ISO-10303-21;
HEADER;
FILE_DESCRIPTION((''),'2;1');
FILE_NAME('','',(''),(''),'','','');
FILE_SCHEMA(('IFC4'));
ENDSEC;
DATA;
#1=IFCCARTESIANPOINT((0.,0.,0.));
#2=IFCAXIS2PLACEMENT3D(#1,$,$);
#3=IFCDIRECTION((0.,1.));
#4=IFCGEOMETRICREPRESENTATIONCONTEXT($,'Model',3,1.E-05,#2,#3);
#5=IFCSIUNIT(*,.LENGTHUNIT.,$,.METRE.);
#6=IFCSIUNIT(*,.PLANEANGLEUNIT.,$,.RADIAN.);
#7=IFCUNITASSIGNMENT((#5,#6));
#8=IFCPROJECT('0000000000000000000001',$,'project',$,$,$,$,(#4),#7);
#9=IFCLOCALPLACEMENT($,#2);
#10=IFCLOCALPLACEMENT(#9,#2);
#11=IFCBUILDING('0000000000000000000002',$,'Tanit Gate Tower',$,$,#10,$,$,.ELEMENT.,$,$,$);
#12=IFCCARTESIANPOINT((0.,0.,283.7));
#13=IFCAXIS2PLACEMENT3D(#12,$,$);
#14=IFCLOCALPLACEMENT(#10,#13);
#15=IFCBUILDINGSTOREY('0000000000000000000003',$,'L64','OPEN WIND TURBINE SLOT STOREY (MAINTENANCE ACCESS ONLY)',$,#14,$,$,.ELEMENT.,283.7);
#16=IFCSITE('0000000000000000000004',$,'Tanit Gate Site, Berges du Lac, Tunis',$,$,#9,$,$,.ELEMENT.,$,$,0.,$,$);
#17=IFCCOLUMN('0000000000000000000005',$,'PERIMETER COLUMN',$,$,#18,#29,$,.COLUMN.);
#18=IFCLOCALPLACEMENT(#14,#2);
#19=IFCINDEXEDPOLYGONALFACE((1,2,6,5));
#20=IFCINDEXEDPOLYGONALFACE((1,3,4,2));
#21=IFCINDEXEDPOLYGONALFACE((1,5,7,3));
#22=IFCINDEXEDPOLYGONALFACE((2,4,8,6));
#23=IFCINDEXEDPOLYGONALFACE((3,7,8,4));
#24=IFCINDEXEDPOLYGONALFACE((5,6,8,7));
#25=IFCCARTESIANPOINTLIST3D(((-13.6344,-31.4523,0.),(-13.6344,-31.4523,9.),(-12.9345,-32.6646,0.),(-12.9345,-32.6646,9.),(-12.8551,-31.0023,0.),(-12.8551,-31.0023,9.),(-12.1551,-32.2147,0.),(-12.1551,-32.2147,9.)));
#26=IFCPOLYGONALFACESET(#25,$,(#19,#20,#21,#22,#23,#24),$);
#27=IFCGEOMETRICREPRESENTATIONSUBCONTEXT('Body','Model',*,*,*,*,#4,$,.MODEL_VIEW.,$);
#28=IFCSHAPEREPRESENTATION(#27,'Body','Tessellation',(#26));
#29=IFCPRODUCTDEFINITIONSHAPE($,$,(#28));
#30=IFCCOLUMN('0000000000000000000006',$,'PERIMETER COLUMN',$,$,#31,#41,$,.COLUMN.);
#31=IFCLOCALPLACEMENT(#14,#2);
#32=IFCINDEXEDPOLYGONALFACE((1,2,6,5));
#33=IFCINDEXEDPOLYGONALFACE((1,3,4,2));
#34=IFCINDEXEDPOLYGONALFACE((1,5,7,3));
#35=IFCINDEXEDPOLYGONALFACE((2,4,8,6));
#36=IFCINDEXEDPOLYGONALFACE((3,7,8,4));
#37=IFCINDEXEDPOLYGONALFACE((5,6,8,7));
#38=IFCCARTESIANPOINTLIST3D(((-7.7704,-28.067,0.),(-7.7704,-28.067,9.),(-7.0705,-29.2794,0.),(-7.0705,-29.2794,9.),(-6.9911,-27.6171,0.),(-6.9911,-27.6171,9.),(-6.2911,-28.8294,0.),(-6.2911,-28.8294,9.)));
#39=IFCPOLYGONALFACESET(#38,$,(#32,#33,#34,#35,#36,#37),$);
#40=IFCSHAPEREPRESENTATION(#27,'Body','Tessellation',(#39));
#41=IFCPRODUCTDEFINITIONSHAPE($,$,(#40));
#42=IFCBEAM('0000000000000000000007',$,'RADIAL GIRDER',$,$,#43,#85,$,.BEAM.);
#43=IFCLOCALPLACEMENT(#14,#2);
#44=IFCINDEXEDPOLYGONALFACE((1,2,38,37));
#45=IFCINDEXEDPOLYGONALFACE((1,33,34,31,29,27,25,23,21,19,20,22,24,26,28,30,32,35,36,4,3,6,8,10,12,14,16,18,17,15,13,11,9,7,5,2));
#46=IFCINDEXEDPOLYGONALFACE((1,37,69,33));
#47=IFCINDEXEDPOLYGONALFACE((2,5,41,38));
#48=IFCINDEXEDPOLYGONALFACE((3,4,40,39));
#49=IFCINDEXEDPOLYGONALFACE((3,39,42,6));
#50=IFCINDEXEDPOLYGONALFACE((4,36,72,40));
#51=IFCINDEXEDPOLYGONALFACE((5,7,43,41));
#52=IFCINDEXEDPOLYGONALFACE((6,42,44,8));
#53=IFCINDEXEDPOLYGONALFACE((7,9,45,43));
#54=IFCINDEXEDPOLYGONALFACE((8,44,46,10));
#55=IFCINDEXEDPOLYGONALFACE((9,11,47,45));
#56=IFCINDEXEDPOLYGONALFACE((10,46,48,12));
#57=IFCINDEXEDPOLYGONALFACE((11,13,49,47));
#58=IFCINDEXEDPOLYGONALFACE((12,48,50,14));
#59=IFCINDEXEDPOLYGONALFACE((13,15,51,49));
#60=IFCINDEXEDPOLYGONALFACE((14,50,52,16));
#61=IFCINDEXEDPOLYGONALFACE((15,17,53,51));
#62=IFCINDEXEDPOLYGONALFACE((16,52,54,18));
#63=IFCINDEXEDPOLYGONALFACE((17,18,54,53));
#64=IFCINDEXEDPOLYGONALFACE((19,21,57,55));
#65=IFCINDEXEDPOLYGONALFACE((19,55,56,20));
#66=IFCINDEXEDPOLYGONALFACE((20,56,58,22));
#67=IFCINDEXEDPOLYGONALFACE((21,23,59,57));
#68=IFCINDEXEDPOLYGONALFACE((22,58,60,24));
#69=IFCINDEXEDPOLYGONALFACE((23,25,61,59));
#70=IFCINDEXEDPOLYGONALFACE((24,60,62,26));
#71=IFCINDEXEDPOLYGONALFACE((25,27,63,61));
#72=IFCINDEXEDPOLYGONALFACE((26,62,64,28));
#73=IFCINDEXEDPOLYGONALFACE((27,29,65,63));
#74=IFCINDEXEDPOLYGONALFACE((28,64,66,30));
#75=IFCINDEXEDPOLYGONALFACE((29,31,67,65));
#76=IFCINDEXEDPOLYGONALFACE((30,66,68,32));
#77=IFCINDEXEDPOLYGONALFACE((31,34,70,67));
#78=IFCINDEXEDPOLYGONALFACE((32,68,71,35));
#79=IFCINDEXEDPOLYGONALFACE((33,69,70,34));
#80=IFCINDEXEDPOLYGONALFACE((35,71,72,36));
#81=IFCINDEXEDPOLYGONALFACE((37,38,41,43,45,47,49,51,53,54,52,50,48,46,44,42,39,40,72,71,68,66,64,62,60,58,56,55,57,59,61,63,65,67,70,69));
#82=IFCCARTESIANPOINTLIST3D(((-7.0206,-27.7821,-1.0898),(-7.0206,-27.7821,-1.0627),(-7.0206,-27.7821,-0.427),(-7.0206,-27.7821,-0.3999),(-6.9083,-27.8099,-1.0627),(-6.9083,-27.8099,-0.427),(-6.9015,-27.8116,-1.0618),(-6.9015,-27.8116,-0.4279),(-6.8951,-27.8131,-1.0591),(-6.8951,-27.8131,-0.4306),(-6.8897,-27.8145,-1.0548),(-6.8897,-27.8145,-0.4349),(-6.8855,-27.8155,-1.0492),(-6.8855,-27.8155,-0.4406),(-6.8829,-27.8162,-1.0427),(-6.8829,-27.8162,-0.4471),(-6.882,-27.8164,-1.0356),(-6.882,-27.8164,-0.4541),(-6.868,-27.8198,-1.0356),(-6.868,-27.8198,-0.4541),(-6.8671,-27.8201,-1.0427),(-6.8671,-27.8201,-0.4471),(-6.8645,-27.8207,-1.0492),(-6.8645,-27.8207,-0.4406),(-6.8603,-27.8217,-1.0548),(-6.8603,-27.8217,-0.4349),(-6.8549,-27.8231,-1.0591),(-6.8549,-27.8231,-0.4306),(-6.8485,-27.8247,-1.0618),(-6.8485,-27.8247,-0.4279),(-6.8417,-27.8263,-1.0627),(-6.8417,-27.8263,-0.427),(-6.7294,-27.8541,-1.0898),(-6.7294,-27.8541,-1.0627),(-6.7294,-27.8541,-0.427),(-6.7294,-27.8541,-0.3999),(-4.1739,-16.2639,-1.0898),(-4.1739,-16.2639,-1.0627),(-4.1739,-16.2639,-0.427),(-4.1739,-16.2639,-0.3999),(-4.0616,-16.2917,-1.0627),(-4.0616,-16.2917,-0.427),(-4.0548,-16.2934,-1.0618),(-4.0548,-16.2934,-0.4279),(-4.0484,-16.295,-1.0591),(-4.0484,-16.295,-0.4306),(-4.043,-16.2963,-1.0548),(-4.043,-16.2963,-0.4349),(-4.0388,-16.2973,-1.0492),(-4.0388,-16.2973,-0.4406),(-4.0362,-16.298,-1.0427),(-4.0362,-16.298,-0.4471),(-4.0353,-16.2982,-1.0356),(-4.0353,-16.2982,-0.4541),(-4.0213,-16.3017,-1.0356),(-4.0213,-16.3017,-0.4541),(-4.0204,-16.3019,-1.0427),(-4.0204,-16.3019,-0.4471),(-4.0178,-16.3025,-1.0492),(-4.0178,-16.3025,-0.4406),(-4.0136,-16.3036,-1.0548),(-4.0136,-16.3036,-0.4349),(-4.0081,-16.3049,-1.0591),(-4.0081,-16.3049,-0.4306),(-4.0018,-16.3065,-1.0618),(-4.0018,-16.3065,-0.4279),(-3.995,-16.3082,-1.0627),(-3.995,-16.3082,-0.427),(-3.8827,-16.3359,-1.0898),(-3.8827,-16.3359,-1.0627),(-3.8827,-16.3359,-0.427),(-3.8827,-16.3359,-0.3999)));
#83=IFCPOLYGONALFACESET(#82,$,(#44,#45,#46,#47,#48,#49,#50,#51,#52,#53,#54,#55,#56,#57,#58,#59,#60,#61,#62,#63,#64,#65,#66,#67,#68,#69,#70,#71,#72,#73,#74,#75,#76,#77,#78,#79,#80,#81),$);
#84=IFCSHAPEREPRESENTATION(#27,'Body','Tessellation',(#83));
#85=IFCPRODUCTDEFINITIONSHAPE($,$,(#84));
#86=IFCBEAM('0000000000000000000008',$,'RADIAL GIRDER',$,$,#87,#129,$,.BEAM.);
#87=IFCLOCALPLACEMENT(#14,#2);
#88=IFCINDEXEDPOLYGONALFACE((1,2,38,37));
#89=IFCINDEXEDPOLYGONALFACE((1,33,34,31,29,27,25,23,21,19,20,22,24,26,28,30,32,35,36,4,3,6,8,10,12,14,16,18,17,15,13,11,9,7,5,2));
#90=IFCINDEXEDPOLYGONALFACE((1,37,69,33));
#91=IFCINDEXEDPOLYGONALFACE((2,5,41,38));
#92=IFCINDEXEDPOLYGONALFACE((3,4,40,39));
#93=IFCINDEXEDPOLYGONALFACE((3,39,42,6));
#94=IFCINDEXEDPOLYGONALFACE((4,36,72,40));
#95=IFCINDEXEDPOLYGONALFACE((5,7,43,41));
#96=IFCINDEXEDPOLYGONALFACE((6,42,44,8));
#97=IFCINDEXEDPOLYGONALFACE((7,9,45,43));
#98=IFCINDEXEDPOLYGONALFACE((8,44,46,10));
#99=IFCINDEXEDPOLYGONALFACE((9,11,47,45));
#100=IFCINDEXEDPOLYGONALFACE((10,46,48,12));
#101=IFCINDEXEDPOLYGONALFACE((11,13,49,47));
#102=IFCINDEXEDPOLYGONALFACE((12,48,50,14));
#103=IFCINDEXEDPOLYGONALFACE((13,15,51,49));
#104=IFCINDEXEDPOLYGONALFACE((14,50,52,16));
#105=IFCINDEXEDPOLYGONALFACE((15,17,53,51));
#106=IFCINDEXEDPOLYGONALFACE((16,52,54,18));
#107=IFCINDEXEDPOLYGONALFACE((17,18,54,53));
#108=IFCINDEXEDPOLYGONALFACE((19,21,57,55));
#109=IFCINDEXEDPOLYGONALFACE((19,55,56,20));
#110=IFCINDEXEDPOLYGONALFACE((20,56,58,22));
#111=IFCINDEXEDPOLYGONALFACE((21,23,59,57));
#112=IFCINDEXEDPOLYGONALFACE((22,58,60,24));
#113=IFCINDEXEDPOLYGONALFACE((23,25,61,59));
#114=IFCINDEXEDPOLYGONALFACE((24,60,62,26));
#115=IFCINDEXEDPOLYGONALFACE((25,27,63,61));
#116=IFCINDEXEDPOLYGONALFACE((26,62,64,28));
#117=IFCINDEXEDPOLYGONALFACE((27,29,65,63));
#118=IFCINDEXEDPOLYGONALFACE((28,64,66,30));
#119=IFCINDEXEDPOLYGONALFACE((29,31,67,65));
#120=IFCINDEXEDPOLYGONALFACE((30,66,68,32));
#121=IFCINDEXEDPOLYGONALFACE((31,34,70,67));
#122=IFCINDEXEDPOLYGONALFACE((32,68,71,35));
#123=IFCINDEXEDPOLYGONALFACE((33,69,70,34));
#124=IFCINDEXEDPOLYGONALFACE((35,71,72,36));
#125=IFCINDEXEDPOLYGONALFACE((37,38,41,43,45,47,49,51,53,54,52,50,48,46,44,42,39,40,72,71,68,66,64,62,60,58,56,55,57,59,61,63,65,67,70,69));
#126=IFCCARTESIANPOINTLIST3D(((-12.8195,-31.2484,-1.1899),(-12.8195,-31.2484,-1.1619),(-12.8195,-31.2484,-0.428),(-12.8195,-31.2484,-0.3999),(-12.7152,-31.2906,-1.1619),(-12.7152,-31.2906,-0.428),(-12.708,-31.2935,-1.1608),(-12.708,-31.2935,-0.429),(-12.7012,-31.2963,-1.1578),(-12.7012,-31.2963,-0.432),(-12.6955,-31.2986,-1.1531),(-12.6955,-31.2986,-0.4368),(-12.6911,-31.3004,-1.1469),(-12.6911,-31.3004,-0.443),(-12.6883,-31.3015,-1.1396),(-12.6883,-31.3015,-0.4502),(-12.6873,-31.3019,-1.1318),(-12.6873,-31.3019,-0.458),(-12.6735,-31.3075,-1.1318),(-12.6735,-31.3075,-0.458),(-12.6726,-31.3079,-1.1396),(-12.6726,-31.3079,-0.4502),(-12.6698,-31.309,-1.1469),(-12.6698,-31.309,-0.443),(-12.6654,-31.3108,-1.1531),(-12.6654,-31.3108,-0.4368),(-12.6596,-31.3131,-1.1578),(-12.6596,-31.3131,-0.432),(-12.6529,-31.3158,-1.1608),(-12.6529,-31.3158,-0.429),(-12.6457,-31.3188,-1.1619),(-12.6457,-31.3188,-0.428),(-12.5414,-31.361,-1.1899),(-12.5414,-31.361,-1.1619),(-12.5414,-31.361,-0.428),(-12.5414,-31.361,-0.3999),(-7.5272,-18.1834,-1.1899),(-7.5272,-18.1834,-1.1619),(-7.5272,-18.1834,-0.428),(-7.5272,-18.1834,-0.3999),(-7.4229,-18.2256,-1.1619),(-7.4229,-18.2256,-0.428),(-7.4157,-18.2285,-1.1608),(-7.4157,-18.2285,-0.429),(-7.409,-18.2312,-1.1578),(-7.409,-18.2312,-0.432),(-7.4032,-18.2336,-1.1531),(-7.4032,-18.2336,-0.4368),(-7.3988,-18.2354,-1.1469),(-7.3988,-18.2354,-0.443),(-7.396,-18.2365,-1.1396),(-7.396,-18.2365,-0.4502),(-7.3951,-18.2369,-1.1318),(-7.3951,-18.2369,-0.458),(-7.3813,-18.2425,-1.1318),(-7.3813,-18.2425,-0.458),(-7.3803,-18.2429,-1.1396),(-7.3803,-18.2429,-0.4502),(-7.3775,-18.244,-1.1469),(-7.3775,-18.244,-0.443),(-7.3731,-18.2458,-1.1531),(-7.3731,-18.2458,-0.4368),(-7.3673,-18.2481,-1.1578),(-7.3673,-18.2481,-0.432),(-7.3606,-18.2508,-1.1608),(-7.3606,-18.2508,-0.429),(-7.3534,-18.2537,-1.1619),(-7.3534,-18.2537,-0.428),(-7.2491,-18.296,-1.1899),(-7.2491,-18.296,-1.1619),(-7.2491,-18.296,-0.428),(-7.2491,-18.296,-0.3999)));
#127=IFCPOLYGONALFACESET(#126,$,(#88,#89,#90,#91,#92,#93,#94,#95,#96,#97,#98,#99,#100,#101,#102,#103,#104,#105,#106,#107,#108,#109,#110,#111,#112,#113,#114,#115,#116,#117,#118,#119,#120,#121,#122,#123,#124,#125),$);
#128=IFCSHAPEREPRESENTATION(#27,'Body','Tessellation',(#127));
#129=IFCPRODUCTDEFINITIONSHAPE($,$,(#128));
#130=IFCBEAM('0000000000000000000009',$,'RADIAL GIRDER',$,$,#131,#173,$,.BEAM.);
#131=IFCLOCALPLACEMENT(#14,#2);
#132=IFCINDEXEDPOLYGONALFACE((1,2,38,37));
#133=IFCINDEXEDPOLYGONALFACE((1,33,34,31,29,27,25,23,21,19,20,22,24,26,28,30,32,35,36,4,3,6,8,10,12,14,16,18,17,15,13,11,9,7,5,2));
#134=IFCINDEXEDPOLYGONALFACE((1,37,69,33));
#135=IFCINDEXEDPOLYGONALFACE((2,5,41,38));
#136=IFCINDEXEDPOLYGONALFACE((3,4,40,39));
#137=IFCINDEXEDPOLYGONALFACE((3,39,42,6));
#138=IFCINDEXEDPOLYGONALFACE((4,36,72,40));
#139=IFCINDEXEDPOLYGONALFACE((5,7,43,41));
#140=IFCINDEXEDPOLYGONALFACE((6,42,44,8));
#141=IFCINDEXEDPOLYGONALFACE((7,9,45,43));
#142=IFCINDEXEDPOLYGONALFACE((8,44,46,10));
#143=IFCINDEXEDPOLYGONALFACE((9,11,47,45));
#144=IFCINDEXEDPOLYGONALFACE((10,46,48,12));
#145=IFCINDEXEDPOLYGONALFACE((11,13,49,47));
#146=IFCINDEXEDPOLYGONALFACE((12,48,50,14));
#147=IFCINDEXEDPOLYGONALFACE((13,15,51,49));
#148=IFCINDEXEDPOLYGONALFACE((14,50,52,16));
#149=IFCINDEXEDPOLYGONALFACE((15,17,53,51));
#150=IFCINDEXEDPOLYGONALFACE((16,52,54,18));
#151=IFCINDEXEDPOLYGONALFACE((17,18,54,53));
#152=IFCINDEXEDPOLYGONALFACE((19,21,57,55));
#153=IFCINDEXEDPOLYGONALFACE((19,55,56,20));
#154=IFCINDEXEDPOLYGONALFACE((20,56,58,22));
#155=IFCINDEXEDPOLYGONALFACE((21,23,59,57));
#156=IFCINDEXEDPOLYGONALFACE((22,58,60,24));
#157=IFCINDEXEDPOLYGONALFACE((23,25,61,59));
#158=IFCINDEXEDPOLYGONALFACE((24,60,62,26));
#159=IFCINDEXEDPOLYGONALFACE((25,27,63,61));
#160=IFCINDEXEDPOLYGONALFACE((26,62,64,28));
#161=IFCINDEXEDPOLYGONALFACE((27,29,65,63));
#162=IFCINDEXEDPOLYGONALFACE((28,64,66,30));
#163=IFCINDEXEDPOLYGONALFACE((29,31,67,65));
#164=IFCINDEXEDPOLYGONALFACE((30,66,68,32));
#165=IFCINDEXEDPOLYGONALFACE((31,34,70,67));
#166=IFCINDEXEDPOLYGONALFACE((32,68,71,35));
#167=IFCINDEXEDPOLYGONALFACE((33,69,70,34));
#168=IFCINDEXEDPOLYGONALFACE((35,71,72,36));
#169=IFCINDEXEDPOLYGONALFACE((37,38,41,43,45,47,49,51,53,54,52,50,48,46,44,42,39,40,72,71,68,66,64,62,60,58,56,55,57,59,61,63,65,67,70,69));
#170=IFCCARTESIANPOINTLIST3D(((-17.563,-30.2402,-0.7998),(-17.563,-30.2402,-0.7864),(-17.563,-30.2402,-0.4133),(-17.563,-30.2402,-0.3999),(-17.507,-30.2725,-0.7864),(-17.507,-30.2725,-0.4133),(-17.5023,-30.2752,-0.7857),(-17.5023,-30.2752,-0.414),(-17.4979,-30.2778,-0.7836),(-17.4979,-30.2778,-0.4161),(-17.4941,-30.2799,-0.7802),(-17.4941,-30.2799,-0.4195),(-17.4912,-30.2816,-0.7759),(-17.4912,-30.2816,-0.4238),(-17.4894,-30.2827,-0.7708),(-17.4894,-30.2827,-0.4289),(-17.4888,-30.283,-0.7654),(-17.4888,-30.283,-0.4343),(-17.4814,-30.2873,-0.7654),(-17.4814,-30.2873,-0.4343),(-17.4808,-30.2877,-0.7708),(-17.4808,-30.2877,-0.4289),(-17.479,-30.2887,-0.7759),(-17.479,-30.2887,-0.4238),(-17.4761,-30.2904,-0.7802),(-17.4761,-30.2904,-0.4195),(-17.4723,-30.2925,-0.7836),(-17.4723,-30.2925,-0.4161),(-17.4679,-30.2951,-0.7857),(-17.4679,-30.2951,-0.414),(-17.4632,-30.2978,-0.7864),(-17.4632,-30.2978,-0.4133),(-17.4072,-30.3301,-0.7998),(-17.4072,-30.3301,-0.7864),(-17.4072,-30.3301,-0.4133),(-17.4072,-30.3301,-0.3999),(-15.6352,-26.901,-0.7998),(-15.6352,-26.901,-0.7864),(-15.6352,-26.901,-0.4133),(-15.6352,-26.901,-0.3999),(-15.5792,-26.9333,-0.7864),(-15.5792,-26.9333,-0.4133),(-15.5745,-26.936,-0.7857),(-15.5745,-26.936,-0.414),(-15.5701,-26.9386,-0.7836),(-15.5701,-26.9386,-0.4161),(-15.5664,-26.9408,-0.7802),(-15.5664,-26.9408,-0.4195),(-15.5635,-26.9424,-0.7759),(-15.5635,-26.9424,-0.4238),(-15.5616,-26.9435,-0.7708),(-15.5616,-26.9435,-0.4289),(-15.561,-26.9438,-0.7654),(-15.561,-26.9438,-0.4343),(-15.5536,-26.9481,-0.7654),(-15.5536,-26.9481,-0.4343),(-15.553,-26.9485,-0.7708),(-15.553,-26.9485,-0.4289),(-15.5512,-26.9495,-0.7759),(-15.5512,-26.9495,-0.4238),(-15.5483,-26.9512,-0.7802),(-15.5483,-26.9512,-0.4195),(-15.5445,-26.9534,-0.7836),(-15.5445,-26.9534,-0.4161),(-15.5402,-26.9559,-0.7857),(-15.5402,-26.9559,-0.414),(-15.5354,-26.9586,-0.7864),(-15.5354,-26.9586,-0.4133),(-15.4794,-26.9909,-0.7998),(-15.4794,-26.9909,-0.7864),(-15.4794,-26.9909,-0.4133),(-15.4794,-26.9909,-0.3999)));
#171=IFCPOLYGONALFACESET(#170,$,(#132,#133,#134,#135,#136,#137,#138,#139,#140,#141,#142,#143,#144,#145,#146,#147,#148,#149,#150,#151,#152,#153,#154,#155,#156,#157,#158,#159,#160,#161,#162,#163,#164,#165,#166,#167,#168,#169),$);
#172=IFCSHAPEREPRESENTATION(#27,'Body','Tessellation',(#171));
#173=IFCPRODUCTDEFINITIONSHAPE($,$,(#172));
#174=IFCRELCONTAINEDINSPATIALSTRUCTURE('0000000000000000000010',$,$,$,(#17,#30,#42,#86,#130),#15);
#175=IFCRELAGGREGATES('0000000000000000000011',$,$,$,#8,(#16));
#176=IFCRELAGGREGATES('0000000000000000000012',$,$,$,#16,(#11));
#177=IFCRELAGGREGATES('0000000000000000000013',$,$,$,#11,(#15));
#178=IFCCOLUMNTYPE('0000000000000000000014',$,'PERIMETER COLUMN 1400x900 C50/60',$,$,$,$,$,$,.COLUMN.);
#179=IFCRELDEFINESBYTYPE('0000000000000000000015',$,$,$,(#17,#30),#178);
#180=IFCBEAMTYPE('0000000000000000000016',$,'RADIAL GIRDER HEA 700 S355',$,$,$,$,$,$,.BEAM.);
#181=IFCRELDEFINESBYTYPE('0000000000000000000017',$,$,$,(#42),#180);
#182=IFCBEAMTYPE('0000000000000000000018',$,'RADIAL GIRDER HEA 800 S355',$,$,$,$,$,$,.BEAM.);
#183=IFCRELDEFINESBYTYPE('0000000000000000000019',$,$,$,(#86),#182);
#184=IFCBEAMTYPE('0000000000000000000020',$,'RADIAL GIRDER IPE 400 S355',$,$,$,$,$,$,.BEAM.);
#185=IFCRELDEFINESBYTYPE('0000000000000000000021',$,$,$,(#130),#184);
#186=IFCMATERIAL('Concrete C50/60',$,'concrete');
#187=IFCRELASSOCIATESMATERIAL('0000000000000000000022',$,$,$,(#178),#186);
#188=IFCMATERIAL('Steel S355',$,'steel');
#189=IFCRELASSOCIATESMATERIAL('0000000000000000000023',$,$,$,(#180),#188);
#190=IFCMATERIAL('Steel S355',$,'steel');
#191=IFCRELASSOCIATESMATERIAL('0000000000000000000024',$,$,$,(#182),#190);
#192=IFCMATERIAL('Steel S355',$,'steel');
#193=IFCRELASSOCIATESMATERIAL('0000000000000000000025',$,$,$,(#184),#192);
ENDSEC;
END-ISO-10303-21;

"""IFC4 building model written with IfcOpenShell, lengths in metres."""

from ifc_helpers import new_model, si_unit, direction, frame, origin, origin_2d, place, context, subcontext, project, spatial, rectangle, i_section, extrude, material, material_profile, profile_set, type_object, element, save


model = new_model("IFC4")

# Units and contexts
model_context = context("Model", 3, precision=1e-05, world=origin(), true_north=direction((0.0, 1.0)))
body_context = subcontext(model_context, "Body", "Model", "MODEL_VIEW")
ifc_project = project(units=[si_unit("LENGTHUNIT", "METRE"), si_unit("PLANEANGLEUNIT", "RADIAN")], contexts=[model_context])

# Site, building, storey
site_placement = place(None, origin())
site = spatial("IfcSite", under=ifc_project, at=site_placement, Name="Tanit Gate Site, Berges du Lac, Tunis", CompositionType="ELEMENT", RefElevation=0.0)
building_placement = place(site_placement, origin())
building = spatial("IfcBuilding", under=site, at=building_placement, Name="Tanit Gate Tower", CompositionType="ELEMENT")
storey_placement = place(building_placement, frame((0.0, 0.0, 283.7)))
storey = spatial("IfcBuildingStorey", under=building, at=storey_placement, Name="L64", Description="OPEN WIND TURBINE SLOT STOREY (MAINTENANCE ACCESS ONLY)", CompositionType="ELEMENT", Elevation=283.7)

# Columns
ifc_material_1 = material(Name="Concrete C50/60", Category="concrete")
ifc_material_profile_1 = material_profile(ifc_material_1, rectangle(XDim=1.3999, YDim=0.8999, at=origin_2d()), Name="RC 1400x900")
ifc_profile_set_1 = profile_set([ifc_material_profile_1], Name="Concrete C50/60")
column_type = type_object("IfcColumnType", Name="PERIMETER COLUMN 1400x900 C50/60", PredefinedType="COLUMN", material=ifc_profile_set_1)
for number, where, z_axis, x_axis, name in (
    (1, (-12.8948, -31.8335, 0.0), (0.0, 0.0, 1.0), (0.5, -0.866025, 0.0), "PERIMETER COLUMN"),
    (2, (-7.0308, -28.4482, 0.0), (0.0, 0.0, 1.0), (0.5, -0.866025, 0.0), "PERIMETER COLUMN"),
):
    element("IfcColumn", number, at=place(storey_placement, frame(where, z_axis=z_axis, x_axis=x_axis)), inside=storey, type_object=column_type, Name=name, PredefinedType="COLUMN", context=body_context, shape_type="SweptSolid", body=[
        extrude(rectangle(XDim=1.3999, YDim=0.8999, at=origin_2d()), origin(), (0.0, 0.0, 1.0), 9.0),
    ])

# Beams
ifc_material_2 = material(Name="Steel S355", Category="steel")
ifc_material_profile_2 = material_profile(ifc_material_2, i_section(OverallWidth=0.3, OverallDepth=0.6899, WebThickness=0.0144, FlangeThickness=0.0271, FilletRadius=0.0271, at=origin_2d()), Name="HEA 700")
ifc_profile_set_2 = profile_set([ifc_material_profile_2], Name="Steel S355")
beam_type_1 = type_object("IfcBeamType", Name="RADIAL GIRDER HEA 700 S355", PredefinedType="BEAM", material=ifc_profile_set_2)
beam_1_placement = place(storey_placement, frame((-6.875, -27.8181, -0.7449), z_axis=(0.23993, 0.97079, 0.0), x_axis=(-0.97079, 0.23993, 0.0)))
element("IfcBeam", 3, at=beam_1_placement, inside=storey, type_object=beam_type_1, Name="RADIAL GIRDER", PredefinedType="BEAM", context=body_context, shape_type="SweptSolid", body=[
    extrude(i_section(OverallWidth=0.3, OverallDepth=0.6899, WebThickness=0.0144, FlangeThickness=0.0271, FilletRadius=0.0271, at=origin_2d()), origin(), (0.0, 0.0, 1.0), 11.8647),
])
ifc_material_3 = material(Name="Steel S355", Category="steel")
ifc_material_profile_3 = material_profile(ifc_material_3, i_section(OverallWidth=0.3, OverallDepth=0.79, WebThickness=0.0149, FlangeThickness=0.0281, FilletRadius=0.03, at=origin_2d()), Name="HEA 800")
ifc_profile_set_3 = profile_set([ifc_material_profile_3], Name="Steel S355")
beam_type_2 = type_object("IfcBeamType", Name="RADIAL GIRDER HEA 800 S355", PredefinedType="BEAM", material=ifc_profile_set_3)
beam_2_placement = place(storey_placement, frame((-12.6804, -31.3047, -0.7949), z_axis=(0.375439, 0.926847, 0.0), x_axis=(-0.926847, 0.375439, 0.0)))
element("IfcBeam", 4, at=beam_2_placement, inside=storey, type_object=beam_type_2, Name="RADIAL GIRDER", PredefinedType="BEAM", context=body_context, shape_type="SweptSolid", body=[
    extrude(i_section(OverallWidth=0.3, OverallDepth=0.79, WebThickness=0.0149, FlangeThickness=0.0281, FilletRadius=0.03, at=origin_2d()), origin(), (0.0, 0.0, 1.0), 14.0962),
])
ifc_material_4 = material(Name="Steel S355", Category="steel")
ifc_material_profile_4 = material_profile(ifc_material_4, i_section(OverallWidth=0.1799, OverallDepth=0.3999, WebThickness=0.0085, FlangeThickness=0.0134, FilletRadius=0.021, at=origin_2d()), Name="IPE 400")
ifc_profile_set_4 = profile_set([ifc_material_profile_4], Name="Steel S355")
beam_type_3 = type_object("IfcBeamType", Name="RADIAL GIRDER IPE 400 S355", PredefinedType="BEAM", material=ifc_profile_set_4)
beam_3_placement = place(storey_placement, frame((-17.4851, -30.2852, -0.5999), z_axis=(0.49998, 0.866037, 0.0), x_axis=(-0.866037, 0.49998, 0.0)))
element("IfcBeam", 5, at=beam_3_placement, inside=storey, type_object=beam_type_3, Name="RADIAL GIRDER", PredefinedType="BEAM", context=body_context, shape_type="SweptSolid", body=[
    extrude(i_section(OverallWidth=0.1799, OverallDepth=0.3999, WebThickness=0.0085, FlangeThickness=0.0134, FilletRadius=0.021, at=origin_2d()), origin(), (0.0, 0.0, 1.0), 3.8557),
])

save(model, "model.ifc")
